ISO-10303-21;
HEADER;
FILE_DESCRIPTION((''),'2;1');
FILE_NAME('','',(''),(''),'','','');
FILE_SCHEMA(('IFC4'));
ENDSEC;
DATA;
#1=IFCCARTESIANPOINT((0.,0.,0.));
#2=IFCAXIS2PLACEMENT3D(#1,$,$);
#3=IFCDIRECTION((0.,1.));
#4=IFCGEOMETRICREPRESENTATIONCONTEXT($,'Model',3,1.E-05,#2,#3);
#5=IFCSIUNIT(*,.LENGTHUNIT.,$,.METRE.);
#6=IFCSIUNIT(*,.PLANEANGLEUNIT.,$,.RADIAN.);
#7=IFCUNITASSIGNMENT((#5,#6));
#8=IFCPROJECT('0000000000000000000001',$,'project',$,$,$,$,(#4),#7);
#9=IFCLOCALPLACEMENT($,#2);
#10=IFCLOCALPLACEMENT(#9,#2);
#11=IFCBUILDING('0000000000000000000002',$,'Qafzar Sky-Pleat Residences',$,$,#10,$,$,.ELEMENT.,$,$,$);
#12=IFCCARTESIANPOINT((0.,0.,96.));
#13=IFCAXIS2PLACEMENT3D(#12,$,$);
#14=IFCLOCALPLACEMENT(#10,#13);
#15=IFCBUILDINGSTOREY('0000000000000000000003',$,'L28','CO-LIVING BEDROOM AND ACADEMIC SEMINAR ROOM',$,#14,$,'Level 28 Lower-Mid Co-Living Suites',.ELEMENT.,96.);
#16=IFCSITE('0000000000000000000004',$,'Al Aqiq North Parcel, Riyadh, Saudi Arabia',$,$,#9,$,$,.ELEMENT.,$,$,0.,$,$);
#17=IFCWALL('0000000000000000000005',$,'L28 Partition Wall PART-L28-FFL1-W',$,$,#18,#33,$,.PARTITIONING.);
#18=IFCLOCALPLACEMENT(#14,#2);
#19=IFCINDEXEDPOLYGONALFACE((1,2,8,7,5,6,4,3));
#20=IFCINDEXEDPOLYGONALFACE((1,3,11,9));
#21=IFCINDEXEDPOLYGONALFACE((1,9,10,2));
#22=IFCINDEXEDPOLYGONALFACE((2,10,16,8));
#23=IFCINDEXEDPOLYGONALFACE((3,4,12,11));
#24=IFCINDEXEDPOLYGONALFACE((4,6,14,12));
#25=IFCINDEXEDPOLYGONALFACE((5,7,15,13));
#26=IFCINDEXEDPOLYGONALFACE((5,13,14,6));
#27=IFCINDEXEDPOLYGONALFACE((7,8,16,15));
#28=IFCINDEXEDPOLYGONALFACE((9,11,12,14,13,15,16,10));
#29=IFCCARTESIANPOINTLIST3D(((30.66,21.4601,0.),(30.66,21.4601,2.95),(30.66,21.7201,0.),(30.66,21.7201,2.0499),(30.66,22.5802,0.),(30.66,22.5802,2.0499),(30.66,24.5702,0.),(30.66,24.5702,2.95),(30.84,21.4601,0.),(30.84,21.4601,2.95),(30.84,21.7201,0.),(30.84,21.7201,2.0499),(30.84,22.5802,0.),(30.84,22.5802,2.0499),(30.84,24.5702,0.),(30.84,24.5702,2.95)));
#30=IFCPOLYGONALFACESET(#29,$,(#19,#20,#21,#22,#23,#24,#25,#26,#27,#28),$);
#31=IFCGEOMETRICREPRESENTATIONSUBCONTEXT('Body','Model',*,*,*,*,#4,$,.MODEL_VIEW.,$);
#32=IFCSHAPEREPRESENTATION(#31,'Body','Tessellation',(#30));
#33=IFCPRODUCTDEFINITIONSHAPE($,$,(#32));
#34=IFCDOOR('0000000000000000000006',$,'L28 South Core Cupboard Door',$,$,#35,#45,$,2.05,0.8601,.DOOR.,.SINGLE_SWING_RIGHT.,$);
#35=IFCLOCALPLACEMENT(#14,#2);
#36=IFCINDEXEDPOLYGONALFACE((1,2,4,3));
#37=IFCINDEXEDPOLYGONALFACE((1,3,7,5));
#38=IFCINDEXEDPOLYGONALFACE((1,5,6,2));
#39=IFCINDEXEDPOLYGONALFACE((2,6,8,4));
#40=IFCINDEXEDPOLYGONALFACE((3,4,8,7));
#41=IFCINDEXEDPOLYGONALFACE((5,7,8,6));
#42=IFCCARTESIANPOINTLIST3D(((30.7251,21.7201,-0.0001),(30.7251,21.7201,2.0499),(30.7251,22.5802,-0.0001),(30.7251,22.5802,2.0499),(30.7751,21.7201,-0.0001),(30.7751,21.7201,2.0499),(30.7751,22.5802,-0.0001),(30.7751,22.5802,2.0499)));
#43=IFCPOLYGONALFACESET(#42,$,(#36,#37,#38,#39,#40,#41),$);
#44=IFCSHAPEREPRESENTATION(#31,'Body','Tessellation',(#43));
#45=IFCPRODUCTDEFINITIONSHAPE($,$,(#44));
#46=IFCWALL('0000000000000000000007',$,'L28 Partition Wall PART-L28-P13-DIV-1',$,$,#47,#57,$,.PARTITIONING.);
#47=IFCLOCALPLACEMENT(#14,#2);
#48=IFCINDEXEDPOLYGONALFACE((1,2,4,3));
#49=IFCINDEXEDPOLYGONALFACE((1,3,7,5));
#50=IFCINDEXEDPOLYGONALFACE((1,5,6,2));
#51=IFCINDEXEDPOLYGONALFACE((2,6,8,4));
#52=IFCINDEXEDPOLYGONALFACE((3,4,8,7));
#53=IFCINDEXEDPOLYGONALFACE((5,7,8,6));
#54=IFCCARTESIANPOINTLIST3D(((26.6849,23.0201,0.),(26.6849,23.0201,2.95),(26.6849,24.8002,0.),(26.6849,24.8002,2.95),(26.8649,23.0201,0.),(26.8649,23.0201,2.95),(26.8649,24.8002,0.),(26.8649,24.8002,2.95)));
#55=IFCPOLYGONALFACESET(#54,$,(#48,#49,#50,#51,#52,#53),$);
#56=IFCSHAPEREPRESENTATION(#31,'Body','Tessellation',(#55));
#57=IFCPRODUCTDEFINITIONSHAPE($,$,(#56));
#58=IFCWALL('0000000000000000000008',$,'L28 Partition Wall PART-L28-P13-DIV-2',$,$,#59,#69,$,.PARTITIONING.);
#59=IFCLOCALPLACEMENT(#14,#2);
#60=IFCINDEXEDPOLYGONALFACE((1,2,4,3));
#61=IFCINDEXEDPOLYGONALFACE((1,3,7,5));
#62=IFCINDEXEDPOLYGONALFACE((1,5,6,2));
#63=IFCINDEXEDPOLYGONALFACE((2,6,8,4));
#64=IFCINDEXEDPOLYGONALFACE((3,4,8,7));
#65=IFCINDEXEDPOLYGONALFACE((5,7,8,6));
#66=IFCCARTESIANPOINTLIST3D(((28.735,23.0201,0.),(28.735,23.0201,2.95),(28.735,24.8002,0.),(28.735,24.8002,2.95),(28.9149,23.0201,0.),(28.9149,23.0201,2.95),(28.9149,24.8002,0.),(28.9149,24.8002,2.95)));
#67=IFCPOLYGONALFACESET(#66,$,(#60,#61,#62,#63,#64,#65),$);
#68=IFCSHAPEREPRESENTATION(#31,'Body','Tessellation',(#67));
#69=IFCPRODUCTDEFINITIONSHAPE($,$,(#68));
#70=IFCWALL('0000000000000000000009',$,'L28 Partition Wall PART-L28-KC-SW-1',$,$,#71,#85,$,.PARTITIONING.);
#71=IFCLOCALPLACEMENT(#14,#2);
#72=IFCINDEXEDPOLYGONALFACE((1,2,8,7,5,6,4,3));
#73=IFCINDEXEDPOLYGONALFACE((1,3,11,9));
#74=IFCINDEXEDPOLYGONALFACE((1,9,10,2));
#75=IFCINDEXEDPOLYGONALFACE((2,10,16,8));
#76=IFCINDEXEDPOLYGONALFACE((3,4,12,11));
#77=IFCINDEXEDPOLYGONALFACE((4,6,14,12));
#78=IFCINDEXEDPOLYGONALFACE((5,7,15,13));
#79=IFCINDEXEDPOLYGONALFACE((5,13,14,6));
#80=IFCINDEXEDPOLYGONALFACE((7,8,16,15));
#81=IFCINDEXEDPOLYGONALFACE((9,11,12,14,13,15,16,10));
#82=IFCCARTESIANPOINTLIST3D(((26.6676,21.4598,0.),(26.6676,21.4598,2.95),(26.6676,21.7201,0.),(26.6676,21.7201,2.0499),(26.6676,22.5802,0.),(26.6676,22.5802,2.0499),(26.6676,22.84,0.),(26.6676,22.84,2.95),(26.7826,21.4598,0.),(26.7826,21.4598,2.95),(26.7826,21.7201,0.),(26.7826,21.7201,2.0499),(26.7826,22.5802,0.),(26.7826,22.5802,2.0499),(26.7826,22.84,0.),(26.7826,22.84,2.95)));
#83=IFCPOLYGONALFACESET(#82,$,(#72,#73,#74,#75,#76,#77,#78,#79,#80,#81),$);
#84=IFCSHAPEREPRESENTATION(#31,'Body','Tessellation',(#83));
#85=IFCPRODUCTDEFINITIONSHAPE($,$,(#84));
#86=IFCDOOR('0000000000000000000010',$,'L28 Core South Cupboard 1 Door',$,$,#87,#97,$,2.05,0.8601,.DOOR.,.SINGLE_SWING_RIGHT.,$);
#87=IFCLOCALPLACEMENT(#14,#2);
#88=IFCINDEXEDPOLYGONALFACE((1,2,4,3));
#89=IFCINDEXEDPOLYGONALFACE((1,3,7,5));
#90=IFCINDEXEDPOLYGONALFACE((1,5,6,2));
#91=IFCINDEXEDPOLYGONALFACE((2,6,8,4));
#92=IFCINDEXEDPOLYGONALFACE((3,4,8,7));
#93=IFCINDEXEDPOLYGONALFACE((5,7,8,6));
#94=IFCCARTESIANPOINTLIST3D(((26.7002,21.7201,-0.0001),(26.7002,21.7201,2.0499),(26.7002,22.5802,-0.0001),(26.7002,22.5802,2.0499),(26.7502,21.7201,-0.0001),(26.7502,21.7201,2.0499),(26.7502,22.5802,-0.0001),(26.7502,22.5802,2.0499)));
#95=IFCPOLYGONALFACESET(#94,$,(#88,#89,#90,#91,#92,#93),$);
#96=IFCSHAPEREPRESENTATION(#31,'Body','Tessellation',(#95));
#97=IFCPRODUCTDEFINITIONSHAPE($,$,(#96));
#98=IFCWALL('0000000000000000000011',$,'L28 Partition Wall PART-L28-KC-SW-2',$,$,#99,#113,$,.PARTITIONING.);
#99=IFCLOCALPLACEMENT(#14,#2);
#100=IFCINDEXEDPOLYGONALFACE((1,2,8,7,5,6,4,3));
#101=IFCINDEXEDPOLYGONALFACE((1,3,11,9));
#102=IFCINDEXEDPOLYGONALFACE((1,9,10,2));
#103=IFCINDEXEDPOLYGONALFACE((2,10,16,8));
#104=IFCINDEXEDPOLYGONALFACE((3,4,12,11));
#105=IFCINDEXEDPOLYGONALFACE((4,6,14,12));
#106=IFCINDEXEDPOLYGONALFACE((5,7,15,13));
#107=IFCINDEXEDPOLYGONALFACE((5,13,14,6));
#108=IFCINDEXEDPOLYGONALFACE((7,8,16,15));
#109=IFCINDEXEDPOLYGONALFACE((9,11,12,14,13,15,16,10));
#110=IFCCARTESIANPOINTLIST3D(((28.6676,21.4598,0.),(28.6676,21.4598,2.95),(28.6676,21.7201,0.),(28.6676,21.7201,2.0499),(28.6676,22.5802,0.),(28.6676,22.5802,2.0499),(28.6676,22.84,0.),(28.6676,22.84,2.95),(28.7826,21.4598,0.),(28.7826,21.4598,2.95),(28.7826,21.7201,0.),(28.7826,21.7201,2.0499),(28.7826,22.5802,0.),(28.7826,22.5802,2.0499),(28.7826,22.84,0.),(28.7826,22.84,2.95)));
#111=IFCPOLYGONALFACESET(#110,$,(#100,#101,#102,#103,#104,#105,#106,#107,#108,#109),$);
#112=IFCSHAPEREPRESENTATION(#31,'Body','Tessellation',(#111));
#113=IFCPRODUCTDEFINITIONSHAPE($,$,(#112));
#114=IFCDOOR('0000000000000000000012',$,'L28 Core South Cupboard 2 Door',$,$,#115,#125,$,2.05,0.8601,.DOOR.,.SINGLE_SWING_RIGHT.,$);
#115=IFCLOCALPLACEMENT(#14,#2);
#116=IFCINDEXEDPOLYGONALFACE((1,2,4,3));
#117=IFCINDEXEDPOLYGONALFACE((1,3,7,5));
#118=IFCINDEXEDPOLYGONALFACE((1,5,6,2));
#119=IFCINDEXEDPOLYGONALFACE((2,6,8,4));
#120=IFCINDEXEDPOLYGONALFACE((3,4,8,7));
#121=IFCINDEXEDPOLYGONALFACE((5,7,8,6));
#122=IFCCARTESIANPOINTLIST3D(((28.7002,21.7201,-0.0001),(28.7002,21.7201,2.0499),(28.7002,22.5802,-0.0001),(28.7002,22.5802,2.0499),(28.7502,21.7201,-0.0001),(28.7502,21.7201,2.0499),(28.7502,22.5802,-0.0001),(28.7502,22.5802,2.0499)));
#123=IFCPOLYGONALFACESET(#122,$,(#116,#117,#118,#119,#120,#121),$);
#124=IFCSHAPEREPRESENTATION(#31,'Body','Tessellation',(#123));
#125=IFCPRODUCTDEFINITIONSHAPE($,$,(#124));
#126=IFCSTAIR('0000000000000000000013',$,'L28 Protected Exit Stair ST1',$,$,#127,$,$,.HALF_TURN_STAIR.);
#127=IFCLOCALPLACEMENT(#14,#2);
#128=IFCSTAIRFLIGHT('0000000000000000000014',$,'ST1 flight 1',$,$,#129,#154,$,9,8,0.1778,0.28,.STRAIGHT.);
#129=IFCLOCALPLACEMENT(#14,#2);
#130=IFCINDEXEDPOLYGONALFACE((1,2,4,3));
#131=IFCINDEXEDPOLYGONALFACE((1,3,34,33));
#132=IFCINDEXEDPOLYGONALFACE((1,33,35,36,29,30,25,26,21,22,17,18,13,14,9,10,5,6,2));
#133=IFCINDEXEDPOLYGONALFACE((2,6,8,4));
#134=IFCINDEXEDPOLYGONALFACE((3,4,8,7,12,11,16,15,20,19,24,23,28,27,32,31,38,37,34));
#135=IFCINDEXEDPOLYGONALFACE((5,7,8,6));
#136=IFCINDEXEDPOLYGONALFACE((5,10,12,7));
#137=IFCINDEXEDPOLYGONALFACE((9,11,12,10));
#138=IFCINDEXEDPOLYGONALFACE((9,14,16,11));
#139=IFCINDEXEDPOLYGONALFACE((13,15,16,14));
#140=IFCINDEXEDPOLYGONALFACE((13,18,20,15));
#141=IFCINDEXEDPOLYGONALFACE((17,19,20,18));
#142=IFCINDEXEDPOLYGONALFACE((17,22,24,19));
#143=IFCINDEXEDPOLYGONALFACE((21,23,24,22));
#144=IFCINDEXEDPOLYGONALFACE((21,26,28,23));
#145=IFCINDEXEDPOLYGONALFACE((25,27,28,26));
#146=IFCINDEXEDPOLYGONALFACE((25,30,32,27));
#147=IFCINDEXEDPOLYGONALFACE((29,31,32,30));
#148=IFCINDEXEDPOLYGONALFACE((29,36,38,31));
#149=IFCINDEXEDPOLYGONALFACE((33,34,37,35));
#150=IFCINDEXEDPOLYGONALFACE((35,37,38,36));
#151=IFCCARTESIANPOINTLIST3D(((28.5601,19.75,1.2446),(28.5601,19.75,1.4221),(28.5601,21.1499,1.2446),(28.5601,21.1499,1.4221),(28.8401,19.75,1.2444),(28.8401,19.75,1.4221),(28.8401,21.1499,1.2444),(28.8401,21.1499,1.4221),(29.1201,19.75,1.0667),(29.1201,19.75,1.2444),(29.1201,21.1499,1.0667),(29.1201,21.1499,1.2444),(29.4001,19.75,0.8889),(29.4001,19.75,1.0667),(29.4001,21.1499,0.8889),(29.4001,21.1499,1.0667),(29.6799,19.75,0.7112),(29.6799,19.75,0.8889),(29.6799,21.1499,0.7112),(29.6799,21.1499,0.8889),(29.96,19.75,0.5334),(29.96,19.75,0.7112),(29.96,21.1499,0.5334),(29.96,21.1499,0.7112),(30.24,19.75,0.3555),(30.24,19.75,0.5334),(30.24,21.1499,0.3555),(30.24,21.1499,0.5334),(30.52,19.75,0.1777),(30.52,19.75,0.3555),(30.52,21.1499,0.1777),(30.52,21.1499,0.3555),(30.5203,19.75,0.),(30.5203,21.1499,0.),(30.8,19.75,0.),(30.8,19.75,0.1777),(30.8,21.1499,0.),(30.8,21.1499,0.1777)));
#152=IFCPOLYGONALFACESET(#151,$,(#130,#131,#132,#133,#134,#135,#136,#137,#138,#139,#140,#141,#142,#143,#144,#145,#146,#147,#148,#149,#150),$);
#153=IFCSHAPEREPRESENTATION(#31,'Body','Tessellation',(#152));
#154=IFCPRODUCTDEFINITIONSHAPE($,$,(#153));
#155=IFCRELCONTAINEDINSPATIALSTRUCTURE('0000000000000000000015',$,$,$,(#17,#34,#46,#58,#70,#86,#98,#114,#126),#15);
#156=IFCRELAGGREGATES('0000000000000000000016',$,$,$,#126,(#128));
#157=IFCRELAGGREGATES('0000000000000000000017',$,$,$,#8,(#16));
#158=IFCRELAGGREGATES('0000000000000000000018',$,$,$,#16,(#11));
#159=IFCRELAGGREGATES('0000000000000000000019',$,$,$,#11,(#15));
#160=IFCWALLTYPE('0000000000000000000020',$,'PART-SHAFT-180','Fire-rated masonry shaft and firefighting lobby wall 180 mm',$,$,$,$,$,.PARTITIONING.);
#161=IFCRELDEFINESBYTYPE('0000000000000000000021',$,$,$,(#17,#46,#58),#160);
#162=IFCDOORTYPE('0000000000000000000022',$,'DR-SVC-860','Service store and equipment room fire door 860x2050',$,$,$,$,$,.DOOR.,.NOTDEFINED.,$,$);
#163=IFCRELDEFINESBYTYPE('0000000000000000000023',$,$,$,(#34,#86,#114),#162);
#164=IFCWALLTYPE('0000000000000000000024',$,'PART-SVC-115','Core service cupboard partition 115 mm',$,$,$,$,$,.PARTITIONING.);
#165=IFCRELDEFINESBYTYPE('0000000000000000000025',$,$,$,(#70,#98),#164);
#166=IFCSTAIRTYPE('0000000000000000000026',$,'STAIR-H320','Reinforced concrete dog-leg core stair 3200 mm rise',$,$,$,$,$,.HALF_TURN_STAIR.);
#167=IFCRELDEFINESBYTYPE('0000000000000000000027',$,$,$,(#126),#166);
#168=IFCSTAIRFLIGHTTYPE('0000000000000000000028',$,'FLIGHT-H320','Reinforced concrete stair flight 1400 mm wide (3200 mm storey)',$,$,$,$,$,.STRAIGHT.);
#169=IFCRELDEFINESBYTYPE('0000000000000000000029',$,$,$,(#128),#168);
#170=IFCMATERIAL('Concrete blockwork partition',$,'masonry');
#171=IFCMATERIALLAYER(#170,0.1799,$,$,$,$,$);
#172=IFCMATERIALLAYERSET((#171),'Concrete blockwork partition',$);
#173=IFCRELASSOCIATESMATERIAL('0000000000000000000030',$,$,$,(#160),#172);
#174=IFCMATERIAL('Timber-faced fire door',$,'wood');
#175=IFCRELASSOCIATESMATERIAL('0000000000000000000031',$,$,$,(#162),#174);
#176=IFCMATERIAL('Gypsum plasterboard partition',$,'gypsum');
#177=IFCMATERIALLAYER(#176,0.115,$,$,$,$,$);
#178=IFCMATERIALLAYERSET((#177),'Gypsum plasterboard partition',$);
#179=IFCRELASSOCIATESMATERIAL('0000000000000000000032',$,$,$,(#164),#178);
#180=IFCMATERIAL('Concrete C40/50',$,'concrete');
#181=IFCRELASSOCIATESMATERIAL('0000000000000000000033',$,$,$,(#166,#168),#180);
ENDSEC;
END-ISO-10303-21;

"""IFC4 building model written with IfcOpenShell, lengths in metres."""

from ifc_helpers import new_model, si_unit, direction, frame, frame_2d, origin, place, context, subcontext, project, spatial, polyline, rectangle, outline, extrude, source, transform, mapped, material, layer, layer_set, type_object, element, fill, aggregate, save


model = new_model("IFC4")

# Units and contexts
model_context = context("Model", 3, precision=1e-05, world=origin(), true_north=direction((0.0, 1.0)))
body_context = subcontext(model_context, "Body", "Model", "MODEL_VIEW")
ifc_project = project(units=[si_unit("LENGTHUNIT", "METRE"), si_unit("PLANEANGLEUNIT", "RADIAN")], contexts=[model_context])

# Site, building, storey
site_placement = place(None, origin())
site = spatial("IfcSite", under=ifc_project, at=site_placement, Name="Al Aqiq North Parcel, Riyadh, Saudi Arabia", CompositionType="ELEMENT", RefElevation=0.0)
building_placement = place(site_placement, origin())
building = spatial("IfcBuilding", under=site, at=building_placement, Name="Qafzar Sky-Pleat Residences", CompositionType="ELEMENT")
storey_placement = place(building_placement, frame((0.0, 0.0, 96.0)))
storey = spatial("IfcBuildingStorey", under=building, at=storey_placement, Name="L28", Description="CO-LIVING BEDROOM AND ACADEMIC SEMINAR ROOM", LongName="Level 28 Lower-Mid Co-Living Suites", CompositionType="ELEMENT", Elevation=96.0)

# Wall, opening, door
ifc_material_1 = material(Name="Concrete blockwork partition", Category="masonry")
ifc_layer_1 = layer(ifc_material_1, 0.1799)
ifc_layer_set_1 = layer_set([ifc_layer_1], Name="Concrete blockwork partition")
wall_type_1 = type_object("IfcWallType", Name="PART-SHAFT-180", Description="Fire-rated masonry shaft and firefighting lobby wall 180 mm", PredefinedType="PARTITIONING", material=ifc_layer_set_1)
wall_1_placement = place(storey_placement, frame((30.75, 21.46, 0.0), z_axis=(0.0, 0.0, 1.0), x_axis=(0.0, 1.0, 0.0)))
wall_1 = element("IfcWall", 1, at=wall_1_placement, inside=storey, type_object=wall_type_1, Name="L28 Partition Wall PART-L28-FFL1-W", PredefinedType="PARTITIONING", context=body_context, shape_type="SweptSolid", body=[
    extrude(rectangle(XDim=3.1101, YDim=0.1799, at=frame_2d((1.5552, 0.0))), origin(), (0.0, 0.0, 1.0), 2.95),
])
opening_1_placement = place(wall_1_placement, frame((0.26, 0.0, 0.0)))
opening_1 = element("IfcOpeningElement", 2, at=opening_1_placement, cuts=wall_1, PredefinedType="OPENING", context=body_context, shape_type="SweptSolid", body=[
    extrude(rectangle(XDim=0.8601, YDim=2.05, at=frame_2d((0.4302, 1.0249))), frame((0.0, 0.1001, 0.0), z_axis=(0.0, -1.0, 0.0), x_axis=(1.0, 0.0, 0.0)), (0.0, 0.0, 1.0), 0.2),
])
ifc_material_2 = material(Name="Timber-faced fire door", Category="wood")
door_type_1 = type_object("IfcDoorType", Name="DR-SVC-860", Description="Service store and equipment room fire door 860x2050", OperationType="NOTDEFINED", PredefinedType="DOOR", material=ifc_material_2)
shared_shape_1 = source(origin(), body_context, "Body", "SweptSolid", [
    extrude(rectangle(XDim=0.8601, YDim=2.05, at=frame_2d((0.4302, 1.0249))), frame((0.0, 0.0249, 0.0), z_axis=(0.0, -1.0, 0.0), x_axis=(1.0, 0.0, 0.0)), (0.0, 0.0, 1.0), 0.05),
])
door_1_placement = place(opening_1_placement, origin())
door_1 = element("IfcDoor", 3, at=door_1_placement, inside=storey, type_object=door_type_1, Name="L28 South Core Cupboard Door", OperationType="SINGLE_SWING_RIGHT", OverallHeight=2.05, OverallWidth=0.8601, PredefinedType="DOOR", context=body_context, shape_type="MappedRepresentation", body=[
    mapped(shared_shape_1, transform((0.0, 0.0, 0.0), x_axis=(1.0, 0.0, 0.0), y_axis=(0.0, 1.0, 0.0), z_axis=(0.0, 0.0, 1.0), scale=1.0)),
])
fill(opening_1, door_1)

# Wall
wall_2_placement = place(storey_placement, frame((26.7749, 23.02, 0.0), z_axis=(0.0, 0.0, 1.0), x_axis=(0.0, 1.0, 0.0)))
element("IfcWall", 4, at=wall_2_placement, inside=storey, type_object=wall_type_1, Name="L28 Partition Wall PART-L28-P13-DIV-1", PredefinedType="PARTITIONING", context=body_context, shape_type="SweptSolid", body=[
    extrude(rectangle(XDim=1.78, YDim=0.1799, at=frame_2d((0.8901, 0.0))), origin(), (0.0, 0.0, 1.0), 2.95),
])

# Wall
wall_3_placement = place(storey_placement, frame((28.825, 23.02, 0.0), z_axis=(0.0, 0.0, 1.0), x_axis=(0.0, 1.0, 0.0)))
element("IfcWall", 5, at=wall_3_placement, inside=storey, type_object=wall_type_1, Name="L28 Partition Wall PART-L28-P13-DIV-2", PredefinedType="PARTITIONING", context=body_context, shape_type="SweptSolid", body=[
    extrude(rectangle(XDim=1.78, YDim=0.1799, at=frame_2d((0.8901, 0.0))), origin(), (0.0, 0.0, 1.0), 2.95),
])

# Walls, openings, doors
ifc_material_3 = material(Name="Gypsum plasterboard partition", Category="gypsum")
ifc_layer_2 = layer(ifc_material_3, 0.115)
ifc_layer_set_2 = layer_set([ifc_layer_2], Name="Gypsum plasterboard partition")
wall_type_2 = type_object("IfcWallType", Name="PART-SVC-115", Description="Core service cupboard partition 115 mm", PredefinedType="PARTITIONING", material=ifc_layer_set_2)
wall_4_placement = place(storey_placement, frame((26.7251, 21.46, 0.0), z_axis=(0.0, 0.0, 1.0), x_axis=(0.0, 1.0, 0.0)))
wall_4 = element("IfcWall", 6, at=wall_4_placement, inside=storey, type_object=wall_type_2, Name="L28 Partition Wall PART-L28-KC-SW-1", PredefinedType="PARTITIONING", context=body_context, shape_type="SweptSolid", body=[
    extrude(rectangle(XDim=1.3801, YDim=0.115, at=frame_2d((0.6899, 0.0))), origin(), (0.0, 0.0, 1.0), 2.95),
])
opening_2_placement = place(wall_4_placement, frame((0.26, 0.0, 0.0)))
opening_2 = element("IfcOpeningElement", 7, at=opening_2_placement, cuts=wall_4, PredefinedType="OPENING", context=body_context, shape_type="SweptSolid", body=[
    extrude(rectangle(XDim=0.8601, YDim=2.05, at=frame_2d((0.4302, 1.0249))), frame((0.0, 0.0674, 0.0), z_axis=(0.0, -1.0, 0.0), x_axis=(1.0, 0.0, 0.0)), (0.0, 0.0, 1.0), 0.135),
])
door_2_placement = place(opening_2_placement, origin())
door_2 = element("IfcDoor", 8, at=door_2_placement, inside=storey, type_object=door_type_1, Name="L28 Core South Cupboard 1 Door", OperationType="SINGLE_SWING_RIGHT", OverallHeight=2.05, OverallWidth=0.8601, PredefinedType="DOOR", context=body_context, shape_type="MappedRepresentation", body=[
    mapped(shared_shape_1, transform((0.0, 0.0, 0.0), x_axis=(1.0, 0.0, 0.0), y_axis=(0.0, 1.0, 0.0), z_axis=(0.0, 0.0, 1.0), scale=1.0)),
])
fill(opening_2, door_2)
wall_5_placement = place(storey_placement, frame((28.7251, 21.46, 0.0), z_axis=(0.0, 0.0, 1.0), x_axis=(0.0, 1.0, 0.0)))
wall_5 = element("IfcWall", 9, at=wall_5_placement, inside=storey, type_object=wall_type_2, Name="L28 Partition Wall PART-L28-KC-SW-2", PredefinedType="PARTITIONING", context=body_context, shape_type="SweptSolid", body=[
    extrude(rectangle(XDim=1.3801, YDim=0.115, at=frame_2d((0.6899, 0.0))), origin(), (0.0, 0.0, 1.0), 2.95),
])
opening_3_placement = place(wall_5_placement, frame((0.26, 0.0, 0.0)))
opening_3 = element("IfcOpeningElement", 10, at=opening_3_placement, cuts=wall_5, PredefinedType="OPENING", context=body_context, shape_type="SweptSolid", body=[
    extrude(rectangle(XDim=0.8601, YDim=2.05, at=frame_2d((0.4302, 1.0249))), frame((0.0, 0.0674, 0.0), z_axis=(0.0, -1.0, 0.0), x_axis=(1.0, 0.0, 0.0)), (0.0, 0.0, 1.0), 0.135),
])
door_3_placement = place(opening_3_placement, origin())
door_3 = element("IfcDoor", 11, at=door_3_placement, inside=storey, type_object=door_type_1, Name="L28 Core South Cupboard 2 Door", OperationType="SINGLE_SWING_RIGHT", OverallHeight=2.05, OverallWidth=0.8601, PredefinedType="DOOR", context=body_context, shape_type="MappedRepresentation", body=[
    mapped(shared_shape_1, transform((0.0, 0.0, 0.0), x_axis=(1.0, 0.0, 0.0), y_axis=(0.0, 1.0, 0.0), z_axis=(0.0, 0.0, 1.0), scale=1.0)),
])
fill(opening_3, door_3)

# Stair, stair flight
ifc_material_4 = material(Name="Concrete C40/50", Category="concrete")
stair_type = type_object("IfcStairType", Name="STAIR-H320", Description="Reinforced concrete dog-leg core stair 3200 mm rise", PredefinedType="HALF_TURN_STAIR", material=ifc_material_4)
stair_placement = place(storey_placement, origin())
stair = element("IfcStair", 12, at=stair_placement, inside=storey, type_object=stair_type, Name="L28 Protected Exit Stair ST1", PredefinedType="HALF_TURN_STAIR")
stair_flight_type = type_object("IfcStairFlightType", Name="FLIGHT-H320", Description="Reinforced concrete stair flight 1400 mm wide (3200 mm storey)", PredefinedType="STRAIGHT", material=ifc_material_4)
shared_shape_2 = source(origin(), body_context, "Body", "SweptSolid", [
    extrude(outline(polyline([(0.0, 0.0), (0.0, 0.1777), (0.28, 0.1777), (0.28, 0.3555), (0.5601, 0.3555), (0.5601, 0.5334), (0.8401, 0.5334), (0.8401, 0.7112), (1.1201, 0.7112), (1.1201, 0.8889), (1.3999, 0.8889), (1.3999, 1.0667), (1.6799, 1.0667), (1.6799, 1.2444), (1.96, 1.2444), (1.96, 1.4221), (2.24, 1.4221), (2.24, 1.6001), (2.24, 1.2446), (0.2798, 0.0), (0.0, 0.0)])), frame((0.0, 0.7, 0.0), z_axis=(0.0, -1.0, 0.0), x_axis=(1.0, 0.0, 0.0)), (0.0, 0.0, 1.0), 1.3999),
])
stair_flight_1_placement = place(storey_placement, frame((30.8, 20.45, 0.0), z_axis=(0.0, 0.0, 1.0), x_axis=(-1.0, 0.0, 0.0)))
stair_flight_1 = element("IfcStairFlight", 13, at=stair_flight_1_placement, type_object=stair_flight_type, Name="ST1 flight 1", NumberOfRisers=9, NumberOfTreads=8, PredefinedType="STRAIGHT", RiserHeight=0.1778, TreadLength=0.28, context=body_context, shape_type="MappedRepresentation", body=[
    mapped(shared_shape_2, transform((0.0, 0.0, 0.0), x_axis=(1.0, 0.0, 0.0), y_axis=(0.0, 1.0, 0.0), z_axis=(0.0, 0.0, 1.0), scale=1.0)),
])
aggregate(stair, [stair_flight_1])

save(model, "model.ifc")
